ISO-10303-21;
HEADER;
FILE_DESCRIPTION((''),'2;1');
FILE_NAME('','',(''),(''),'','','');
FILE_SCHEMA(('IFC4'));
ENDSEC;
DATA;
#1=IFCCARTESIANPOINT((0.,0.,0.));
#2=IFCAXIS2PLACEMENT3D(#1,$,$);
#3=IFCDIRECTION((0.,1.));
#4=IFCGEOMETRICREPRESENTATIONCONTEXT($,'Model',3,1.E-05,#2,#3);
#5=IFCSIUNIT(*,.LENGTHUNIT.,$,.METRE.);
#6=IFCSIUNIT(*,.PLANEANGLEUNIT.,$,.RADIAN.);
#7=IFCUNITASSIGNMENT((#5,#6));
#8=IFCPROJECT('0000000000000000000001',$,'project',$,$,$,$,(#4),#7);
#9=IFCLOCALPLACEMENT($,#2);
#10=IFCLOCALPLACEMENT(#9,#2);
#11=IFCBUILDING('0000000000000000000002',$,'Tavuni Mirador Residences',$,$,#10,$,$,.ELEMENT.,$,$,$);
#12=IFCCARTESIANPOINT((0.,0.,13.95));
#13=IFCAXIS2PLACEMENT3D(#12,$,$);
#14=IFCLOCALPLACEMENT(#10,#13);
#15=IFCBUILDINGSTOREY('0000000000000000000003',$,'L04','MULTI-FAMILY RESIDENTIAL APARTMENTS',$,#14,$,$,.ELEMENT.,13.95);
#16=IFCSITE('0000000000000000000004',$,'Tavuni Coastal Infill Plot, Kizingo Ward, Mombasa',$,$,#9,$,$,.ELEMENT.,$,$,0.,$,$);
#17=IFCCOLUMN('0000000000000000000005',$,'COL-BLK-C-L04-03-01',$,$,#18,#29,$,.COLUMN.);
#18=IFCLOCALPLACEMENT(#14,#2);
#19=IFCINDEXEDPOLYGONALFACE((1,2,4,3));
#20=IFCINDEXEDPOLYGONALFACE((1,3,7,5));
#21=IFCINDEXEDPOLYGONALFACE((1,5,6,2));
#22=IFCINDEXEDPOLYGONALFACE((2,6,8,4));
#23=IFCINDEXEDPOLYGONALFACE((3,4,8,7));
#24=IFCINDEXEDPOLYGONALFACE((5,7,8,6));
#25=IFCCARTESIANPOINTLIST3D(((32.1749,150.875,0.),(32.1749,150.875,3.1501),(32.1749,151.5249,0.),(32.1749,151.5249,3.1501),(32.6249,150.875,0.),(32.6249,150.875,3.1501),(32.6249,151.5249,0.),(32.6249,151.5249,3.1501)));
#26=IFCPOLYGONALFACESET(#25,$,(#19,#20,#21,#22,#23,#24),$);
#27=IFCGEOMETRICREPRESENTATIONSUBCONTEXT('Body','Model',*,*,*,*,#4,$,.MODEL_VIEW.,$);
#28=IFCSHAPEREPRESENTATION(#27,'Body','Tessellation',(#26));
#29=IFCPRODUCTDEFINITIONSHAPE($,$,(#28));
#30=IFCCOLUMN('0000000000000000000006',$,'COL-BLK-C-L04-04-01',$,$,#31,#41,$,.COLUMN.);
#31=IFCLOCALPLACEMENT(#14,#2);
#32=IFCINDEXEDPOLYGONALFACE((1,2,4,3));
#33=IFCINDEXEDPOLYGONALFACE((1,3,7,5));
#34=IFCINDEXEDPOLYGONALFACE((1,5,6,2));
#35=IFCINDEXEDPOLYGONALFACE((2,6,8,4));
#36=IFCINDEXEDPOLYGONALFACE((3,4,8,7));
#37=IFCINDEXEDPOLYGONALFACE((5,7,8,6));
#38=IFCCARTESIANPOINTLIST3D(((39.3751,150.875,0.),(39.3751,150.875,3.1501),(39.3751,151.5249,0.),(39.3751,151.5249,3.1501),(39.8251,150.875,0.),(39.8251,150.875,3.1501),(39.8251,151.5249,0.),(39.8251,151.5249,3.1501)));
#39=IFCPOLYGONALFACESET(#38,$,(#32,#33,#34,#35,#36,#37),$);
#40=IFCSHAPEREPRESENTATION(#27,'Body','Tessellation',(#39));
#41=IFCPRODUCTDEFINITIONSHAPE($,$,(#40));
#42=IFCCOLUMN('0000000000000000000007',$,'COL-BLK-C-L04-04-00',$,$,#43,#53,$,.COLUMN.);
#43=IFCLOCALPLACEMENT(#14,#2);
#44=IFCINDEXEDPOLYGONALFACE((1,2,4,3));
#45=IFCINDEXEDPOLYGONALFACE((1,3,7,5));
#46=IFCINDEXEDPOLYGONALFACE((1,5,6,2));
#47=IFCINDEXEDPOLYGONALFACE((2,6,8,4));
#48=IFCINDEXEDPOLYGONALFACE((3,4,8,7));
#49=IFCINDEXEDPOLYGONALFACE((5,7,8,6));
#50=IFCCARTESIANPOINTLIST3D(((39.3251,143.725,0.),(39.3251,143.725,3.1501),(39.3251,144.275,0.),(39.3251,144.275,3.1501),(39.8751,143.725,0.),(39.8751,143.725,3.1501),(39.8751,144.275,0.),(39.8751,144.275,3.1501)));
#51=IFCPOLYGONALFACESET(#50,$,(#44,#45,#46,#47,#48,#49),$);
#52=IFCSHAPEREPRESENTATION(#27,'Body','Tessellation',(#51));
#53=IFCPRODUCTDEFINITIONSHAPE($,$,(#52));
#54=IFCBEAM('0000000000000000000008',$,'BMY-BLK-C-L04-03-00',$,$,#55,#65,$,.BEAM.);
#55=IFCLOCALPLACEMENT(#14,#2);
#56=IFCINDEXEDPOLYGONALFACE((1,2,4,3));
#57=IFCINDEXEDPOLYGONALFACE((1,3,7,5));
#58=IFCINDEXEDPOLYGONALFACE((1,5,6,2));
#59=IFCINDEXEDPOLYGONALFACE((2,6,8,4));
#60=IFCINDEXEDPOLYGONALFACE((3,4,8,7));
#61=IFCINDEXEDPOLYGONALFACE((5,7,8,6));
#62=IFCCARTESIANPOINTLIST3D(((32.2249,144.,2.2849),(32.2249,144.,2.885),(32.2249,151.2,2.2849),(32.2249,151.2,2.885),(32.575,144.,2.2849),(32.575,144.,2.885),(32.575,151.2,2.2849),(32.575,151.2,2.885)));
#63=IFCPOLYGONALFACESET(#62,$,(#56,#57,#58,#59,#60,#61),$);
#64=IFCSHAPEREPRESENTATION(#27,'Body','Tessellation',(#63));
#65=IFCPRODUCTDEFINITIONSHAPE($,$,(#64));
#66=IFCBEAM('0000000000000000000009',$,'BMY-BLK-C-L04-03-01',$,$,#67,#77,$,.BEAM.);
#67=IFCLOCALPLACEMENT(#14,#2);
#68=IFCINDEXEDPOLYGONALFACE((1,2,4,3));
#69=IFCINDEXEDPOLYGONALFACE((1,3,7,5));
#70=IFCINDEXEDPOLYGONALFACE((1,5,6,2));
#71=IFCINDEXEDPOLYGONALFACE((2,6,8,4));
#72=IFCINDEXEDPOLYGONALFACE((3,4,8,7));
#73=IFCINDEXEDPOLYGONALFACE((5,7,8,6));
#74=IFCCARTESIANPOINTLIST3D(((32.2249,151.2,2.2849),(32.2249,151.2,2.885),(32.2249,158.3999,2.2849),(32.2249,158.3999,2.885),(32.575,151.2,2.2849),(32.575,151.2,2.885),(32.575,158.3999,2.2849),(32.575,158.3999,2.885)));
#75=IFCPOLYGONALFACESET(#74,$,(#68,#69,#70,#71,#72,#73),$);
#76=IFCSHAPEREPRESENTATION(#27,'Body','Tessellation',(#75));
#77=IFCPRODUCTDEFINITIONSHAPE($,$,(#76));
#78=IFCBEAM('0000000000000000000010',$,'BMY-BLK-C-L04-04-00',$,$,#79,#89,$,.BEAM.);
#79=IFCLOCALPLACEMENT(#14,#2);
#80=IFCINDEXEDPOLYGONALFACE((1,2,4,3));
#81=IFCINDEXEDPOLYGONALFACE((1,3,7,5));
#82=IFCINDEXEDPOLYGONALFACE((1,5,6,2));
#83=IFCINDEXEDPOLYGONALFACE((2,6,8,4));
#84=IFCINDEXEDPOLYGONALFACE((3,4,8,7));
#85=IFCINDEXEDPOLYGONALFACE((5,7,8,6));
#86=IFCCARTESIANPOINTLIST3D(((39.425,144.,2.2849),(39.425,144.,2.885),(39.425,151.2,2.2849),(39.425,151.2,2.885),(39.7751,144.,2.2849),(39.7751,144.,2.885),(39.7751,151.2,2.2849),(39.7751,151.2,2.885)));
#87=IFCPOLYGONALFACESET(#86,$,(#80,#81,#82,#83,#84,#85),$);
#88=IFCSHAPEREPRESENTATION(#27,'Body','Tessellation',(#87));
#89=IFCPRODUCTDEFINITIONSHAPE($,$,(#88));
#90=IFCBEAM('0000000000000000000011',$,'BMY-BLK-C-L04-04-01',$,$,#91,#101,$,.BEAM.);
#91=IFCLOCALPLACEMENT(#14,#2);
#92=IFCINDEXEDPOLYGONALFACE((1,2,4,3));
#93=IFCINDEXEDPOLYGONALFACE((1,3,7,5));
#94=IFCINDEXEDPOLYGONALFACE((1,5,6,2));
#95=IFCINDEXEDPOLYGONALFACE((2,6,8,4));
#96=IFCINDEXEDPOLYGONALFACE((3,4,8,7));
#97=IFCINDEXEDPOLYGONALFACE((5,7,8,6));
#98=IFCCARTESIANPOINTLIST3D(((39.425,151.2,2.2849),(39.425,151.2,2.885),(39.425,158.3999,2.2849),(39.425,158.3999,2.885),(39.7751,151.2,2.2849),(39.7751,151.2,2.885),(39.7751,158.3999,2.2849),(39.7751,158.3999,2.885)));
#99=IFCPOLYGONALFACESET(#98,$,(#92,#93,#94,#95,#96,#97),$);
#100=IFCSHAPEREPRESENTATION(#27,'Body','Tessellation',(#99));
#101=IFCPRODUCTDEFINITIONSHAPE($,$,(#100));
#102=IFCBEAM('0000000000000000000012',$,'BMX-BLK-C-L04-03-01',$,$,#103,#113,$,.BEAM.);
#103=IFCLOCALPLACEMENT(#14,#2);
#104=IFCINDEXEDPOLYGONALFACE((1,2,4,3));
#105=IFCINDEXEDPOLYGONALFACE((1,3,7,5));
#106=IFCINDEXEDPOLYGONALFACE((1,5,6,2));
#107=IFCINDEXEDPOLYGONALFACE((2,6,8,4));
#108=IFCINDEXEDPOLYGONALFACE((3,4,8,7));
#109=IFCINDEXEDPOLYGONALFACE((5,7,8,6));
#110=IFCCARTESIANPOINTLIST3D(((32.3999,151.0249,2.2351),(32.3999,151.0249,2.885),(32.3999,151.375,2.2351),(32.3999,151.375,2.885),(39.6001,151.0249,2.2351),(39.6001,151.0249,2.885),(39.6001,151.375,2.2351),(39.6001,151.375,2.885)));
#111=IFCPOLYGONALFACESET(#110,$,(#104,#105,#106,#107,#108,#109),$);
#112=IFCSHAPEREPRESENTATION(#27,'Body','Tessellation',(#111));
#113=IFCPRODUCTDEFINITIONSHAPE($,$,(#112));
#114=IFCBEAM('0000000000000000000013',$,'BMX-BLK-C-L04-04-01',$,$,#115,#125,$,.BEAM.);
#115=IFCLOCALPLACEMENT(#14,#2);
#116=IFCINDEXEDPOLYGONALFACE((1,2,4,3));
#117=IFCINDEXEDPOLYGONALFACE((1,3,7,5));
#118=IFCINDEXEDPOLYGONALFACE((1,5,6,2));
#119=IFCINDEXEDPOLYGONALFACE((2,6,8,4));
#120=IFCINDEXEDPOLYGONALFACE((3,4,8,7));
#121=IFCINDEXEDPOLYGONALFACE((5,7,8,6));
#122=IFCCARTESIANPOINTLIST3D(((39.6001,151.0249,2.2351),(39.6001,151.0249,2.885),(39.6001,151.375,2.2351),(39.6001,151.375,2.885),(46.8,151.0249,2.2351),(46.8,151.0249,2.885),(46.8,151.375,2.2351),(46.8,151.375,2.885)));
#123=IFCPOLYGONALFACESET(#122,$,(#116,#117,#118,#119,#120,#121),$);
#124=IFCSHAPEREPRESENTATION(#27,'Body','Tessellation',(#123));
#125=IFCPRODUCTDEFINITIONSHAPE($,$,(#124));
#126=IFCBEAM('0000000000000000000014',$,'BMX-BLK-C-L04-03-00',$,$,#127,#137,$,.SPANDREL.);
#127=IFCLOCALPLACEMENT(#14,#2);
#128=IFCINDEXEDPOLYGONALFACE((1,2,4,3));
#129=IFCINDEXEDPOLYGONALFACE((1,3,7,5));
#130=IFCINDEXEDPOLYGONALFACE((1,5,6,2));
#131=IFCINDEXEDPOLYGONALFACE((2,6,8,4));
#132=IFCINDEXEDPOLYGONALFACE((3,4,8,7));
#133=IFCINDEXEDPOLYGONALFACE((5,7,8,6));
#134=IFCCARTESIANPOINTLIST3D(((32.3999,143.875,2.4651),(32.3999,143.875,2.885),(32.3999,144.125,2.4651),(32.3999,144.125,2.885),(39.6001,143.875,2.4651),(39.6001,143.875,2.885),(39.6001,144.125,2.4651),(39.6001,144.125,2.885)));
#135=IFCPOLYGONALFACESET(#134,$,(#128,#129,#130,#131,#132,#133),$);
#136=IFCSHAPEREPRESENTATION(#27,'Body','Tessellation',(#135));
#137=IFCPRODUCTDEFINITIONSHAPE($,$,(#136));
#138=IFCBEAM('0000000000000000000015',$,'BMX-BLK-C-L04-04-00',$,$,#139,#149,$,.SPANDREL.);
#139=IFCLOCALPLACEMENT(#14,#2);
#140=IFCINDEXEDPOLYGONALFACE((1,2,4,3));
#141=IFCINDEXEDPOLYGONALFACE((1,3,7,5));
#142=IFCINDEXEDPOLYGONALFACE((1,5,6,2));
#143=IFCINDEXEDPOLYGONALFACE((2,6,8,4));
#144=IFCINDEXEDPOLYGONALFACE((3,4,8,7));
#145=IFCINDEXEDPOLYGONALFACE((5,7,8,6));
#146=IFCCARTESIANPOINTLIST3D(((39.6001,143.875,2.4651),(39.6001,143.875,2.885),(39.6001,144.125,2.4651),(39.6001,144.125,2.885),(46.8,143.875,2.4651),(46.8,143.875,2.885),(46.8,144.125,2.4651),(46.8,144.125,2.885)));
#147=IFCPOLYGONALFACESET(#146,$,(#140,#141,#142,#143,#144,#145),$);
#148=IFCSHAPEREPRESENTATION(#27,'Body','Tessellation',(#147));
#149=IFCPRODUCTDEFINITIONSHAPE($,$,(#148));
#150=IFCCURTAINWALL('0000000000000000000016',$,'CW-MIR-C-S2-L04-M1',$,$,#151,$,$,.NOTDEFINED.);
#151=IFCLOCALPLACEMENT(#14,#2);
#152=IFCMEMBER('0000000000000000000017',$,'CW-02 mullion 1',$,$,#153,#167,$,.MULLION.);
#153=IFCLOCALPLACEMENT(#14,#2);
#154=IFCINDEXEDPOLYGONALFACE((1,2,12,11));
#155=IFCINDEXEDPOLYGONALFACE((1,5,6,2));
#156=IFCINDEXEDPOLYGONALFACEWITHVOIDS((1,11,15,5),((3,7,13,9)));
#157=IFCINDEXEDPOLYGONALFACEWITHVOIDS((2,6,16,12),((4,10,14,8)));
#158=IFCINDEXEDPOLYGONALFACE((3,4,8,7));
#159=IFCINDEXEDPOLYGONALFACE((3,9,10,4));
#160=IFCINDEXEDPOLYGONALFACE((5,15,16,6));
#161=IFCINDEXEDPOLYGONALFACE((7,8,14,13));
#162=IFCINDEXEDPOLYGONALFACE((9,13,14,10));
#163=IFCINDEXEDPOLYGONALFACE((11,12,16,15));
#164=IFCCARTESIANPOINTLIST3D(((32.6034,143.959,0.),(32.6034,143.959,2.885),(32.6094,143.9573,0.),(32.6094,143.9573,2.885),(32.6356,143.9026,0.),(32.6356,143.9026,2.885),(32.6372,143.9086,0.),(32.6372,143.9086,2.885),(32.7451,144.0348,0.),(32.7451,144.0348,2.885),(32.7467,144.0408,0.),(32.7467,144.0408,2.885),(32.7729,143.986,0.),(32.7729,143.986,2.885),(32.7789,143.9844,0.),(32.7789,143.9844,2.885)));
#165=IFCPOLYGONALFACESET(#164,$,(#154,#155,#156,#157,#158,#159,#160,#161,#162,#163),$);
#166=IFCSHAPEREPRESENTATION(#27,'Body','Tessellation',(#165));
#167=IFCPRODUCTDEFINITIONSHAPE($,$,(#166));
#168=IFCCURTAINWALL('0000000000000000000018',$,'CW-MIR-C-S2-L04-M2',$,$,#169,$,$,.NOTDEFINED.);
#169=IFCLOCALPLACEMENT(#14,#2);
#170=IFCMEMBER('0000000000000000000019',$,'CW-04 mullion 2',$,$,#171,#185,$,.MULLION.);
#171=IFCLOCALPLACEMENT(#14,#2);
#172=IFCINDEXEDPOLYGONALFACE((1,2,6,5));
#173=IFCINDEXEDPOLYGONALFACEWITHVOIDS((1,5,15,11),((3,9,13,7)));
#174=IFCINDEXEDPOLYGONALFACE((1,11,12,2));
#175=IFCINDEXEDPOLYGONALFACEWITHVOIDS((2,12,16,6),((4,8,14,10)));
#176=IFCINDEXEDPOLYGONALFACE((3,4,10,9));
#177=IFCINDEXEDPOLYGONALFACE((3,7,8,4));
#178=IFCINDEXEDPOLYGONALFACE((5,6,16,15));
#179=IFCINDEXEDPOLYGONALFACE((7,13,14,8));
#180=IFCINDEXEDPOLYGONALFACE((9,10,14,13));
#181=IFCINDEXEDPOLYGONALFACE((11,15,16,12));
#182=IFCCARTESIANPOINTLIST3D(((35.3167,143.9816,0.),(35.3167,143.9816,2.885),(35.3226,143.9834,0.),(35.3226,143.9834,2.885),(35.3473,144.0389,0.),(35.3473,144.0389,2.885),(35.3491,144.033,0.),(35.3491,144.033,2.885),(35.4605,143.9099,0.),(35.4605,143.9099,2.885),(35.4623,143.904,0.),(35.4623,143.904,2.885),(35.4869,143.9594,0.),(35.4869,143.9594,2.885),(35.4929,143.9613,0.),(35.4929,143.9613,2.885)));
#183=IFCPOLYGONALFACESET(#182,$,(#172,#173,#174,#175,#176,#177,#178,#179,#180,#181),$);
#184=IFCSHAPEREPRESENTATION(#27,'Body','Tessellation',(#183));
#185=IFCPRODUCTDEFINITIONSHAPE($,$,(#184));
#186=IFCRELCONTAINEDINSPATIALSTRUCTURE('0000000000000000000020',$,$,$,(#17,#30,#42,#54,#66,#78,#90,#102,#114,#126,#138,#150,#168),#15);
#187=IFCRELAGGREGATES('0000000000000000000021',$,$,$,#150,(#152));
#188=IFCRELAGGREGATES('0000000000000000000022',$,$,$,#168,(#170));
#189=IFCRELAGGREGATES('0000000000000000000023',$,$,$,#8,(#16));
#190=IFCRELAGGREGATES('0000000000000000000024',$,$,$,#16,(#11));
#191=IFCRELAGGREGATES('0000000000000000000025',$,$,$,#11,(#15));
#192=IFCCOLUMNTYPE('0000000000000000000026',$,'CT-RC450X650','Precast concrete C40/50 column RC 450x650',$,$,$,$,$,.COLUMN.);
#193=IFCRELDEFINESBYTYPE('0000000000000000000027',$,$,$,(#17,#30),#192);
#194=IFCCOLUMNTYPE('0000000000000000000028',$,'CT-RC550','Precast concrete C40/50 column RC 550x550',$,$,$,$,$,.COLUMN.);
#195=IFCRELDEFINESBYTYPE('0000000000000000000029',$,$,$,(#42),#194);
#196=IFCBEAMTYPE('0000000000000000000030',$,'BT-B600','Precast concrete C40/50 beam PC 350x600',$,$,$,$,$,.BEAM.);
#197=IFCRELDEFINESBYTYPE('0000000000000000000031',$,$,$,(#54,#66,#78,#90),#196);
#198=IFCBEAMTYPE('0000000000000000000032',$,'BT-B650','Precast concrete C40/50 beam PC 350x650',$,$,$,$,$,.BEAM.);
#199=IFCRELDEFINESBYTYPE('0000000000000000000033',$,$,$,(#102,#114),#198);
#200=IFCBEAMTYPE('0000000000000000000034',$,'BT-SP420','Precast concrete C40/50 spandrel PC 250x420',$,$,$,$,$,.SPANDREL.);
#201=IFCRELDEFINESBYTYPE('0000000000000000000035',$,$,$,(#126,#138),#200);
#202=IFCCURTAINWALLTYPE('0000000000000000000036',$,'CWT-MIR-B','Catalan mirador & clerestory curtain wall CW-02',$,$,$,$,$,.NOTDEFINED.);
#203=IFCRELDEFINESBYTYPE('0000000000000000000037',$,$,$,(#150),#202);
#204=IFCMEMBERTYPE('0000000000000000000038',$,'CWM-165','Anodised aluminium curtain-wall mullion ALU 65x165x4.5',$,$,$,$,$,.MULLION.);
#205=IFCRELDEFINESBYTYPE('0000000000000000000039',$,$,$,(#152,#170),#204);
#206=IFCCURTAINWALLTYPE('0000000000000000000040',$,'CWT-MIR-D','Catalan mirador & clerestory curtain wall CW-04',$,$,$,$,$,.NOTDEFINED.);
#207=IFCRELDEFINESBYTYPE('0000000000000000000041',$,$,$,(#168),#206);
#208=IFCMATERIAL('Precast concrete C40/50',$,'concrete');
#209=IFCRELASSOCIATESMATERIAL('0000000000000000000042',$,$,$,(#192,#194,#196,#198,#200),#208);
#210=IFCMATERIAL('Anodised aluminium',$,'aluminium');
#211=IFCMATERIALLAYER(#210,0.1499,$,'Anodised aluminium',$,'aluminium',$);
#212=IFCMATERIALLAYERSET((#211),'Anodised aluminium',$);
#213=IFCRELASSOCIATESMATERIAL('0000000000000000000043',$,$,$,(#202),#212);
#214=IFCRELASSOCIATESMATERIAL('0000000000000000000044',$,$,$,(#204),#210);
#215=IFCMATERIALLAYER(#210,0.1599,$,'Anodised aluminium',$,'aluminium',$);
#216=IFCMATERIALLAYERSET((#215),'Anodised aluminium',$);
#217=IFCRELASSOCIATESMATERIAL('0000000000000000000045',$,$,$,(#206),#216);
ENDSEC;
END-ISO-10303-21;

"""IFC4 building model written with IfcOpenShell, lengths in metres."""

from ifc_helpers import new_model, si_unit, direction, frame, origin, origin_2d, place, context, subcontext, project, spatial, rectangle, hollow_rectangle, extrude, material, layer, layer_set, material_profile, profile_set, type_object, element, aggregate, save


model = new_model("IFC4")

# Units and contexts
model_context = context("Model", 3, precision=1e-05, world=origin(), true_north=direction((0.0, 1.0)))
body_context = subcontext(model_context, "Body", "Model", "MODEL_VIEW")
ifc_project = project(units=[si_unit("LENGTHUNIT", "METRE"), si_unit("PLANEANGLEUNIT", "RADIAN")], contexts=[model_context])

# Site, building, storey
site_placement = place(None, origin())
site = spatial("IfcSite", under=ifc_project, at=site_placement, Name="Tavuni Coastal Infill Plot, Kizingo Ward, Mombasa", CompositionType="ELEMENT", RefElevation=0.0)
building_placement = place(site_placement, origin())
building = spatial("IfcBuilding", under=site, at=building_placement, Name="Tavuni Mirador Residences", CompositionType="ELEMENT")
storey_placement = place(building_placement, frame((0.0, 0.0, 13.95)))
storey = spatial("IfcBuildingStorey", under=building, at=storey_placement, Name="L04", Description="MULTI-FAMILY RESIDENTIAL APARTMENTS", CompositionType="ELEMENT", Elevation=13.95)

# Columns
ifc_material_1 = material(Name="Precast concrete C40/50", Category="concrete")
ifc_material_profile_1 = material_profile(ifc_material_1, rectangle(XDim=0.45, YDim=0.6499, at=origin_2d()), Name="RC 450x650", Category="concrete")
ifc_profile_set_1 = profile_set([ifc_material_profile_1], Name="Precast concrete C40/50")
column_type_1 = type_object("IfcColumnType", Name="CT-RC450X650", Description="Precast concrete C40/50 column RC 450x650", PredefinedType="COLUMN", material=ifc_profile_set_1)
for number, where, z_axis, x_axis, name in (
    (1, (32.3999, 151.2, 0.0), (0.0, 0.0, 1.0), (1.0, 0.0, 0.0), "COL-BLK-C-L04-03-01"),
    (2, (39.6001, 151.2, 0.0), (0.0, 0.0, 1.0), (1.0, 0.0, 0.0), "COL-BLK-C-L04-04-01"),
):
    element("IfcColumn", number, at=place(storey_placement, frame(where, z_axis=z_axis, x_axis=x_axis)), inside=storey, type_object=column_type_1, Name=name, PredefinedType="COLUMN", context=body_context, shape_type="SweptSolid", body=[
        extrude(rectangle(XDim=0.45, YDim=0.6499, at=origin_2d()), origin(), (0.0, 0.0, 1.0), 3.1501),
    ])
ifc_material_profile_2 = material_profile(ifc_material_1, rectangle(XDim=0.55, YDim=0.55, at=origin_2d()), Name="RC 550x550", Category="concrete")
ifc_profile_set_2 = profile_set([ifc_material_profile_2], Name="Precast concrete C40/50")
column_type_2 = type_object("IfcColumnType", Name="CT-RC550", Description="Precast concrete C40/50 column RC 550x550", PredefinedType="COLUMN", material=ifc_profile_set_2)
column_placement = place(storey_placement, frame((39.6001, 144.0, 0.0), z_axis=(0.0, 0.0, 1.0), x_axis=(1.0, 0.0, 0.0)))
element("IfcColumn", 3, at=column_placement, inside=storey, type_object=column_type_2, Name="COL-BLK-C-L04-04-00", PredefinedType="COLUMN", context=body_context, shape_type="SweptSolid", body=[
    extrude(rectangle(XDim=0.55, YDim=0.55, at=origin_2d()), origin(), (0.0, 0.0, 1.0), 3.1501),
])

# Beams
ifc_material_profile_3 = material_profile(ifc_material_1, rectangle(XDim=0.3501, YDim=0.6001, at=origin_2d()), Name="PC 350x600", Category="concrete")
ifc_profile_set_3 = profile_set([ifc_material_profile_3], Name="Precast concrete C40/50")
beam_type_1 = type_object("IfcBeamType", Name="BT-B600", Description="Precast concrete C40/50 beam PC 350x600", PredefinedType="BEAM", material=ifc_profile_set_3)
for number, where, z_axis, x_axis, name in (
    (4, (32.3999, 144.0, 2.585), (0.0, 1.0, 0.0), (-1.0, 0.0, 0.0), "BMY-BLK-C-L04-03-00"),
    (5, (32.3999, 151.2, 2.585), (0.0, 1.0, 0.0), (-1.0, 0.0, 0.0), "BMY-BLK-C-L04-03-01"),
    (6, (39.6001, 144.0, 2.585), (0.0, 1.0, 0.0), (-1.0, 0.0, 0.0), "BMY-BLK-C-L04-04-00"),
    (7, (39.6001, 151.2, 2.585), (0.0, 1.0, 0.0), (-1.0, 0.0, 0.0), "BMY-BLK-C-L04-04-01"),
):
    element("IfcBeam", number, at=place(storey_placement, frame(where, z_axis=z_axis, x_axis=x_axis)), inside=storey, type_object=beam_type_1, Name=name, PredefinedType="BEAM", context=body_context, shape_type="SweptSolid", body=[
        extrude(rectangle(XDim=0.3501, YDim=0.6001, at=origin_2d()), origin(), (0.0, 0.0, 1.0), 7.2),
    ])
ifc_material_profile_4 = material_profile(ifc_material_1, rectangle(XDim=0.3501, YDim=0.6499, at=origin_2d()), Name="PC 350x650", Category="concrete")
ifc_profile_set_4 = profile_set([ifc_material_profile_4], Name="Precast concrete C40/50")
beam_type_2 = type_object("IfcBeamType", Name="BT-B650", Description="Precast concrete C40/50 beam PC 350x650", PredefinedType="BEAM", material=ifc_profile_set_4)
beam_1_placement = place(storey_placement, frame((32.3999, 151.2, 2.5601), z_axis=(1.0, 0.0, 0.0), x_axis=(0.0, 1.0, 0.0)))
element("IfcBeam", 8, at=beam_1_placement, inside=storey, type_object=beam_type_2, Name="BMX-BLK-C-L04-03-01", PredefinedType="BEAM", context=body_context, shape_type="SweptSolid", body=[
    extrude(rectangle(XDim=0.3501, YDim=0.6499, at=origin_2d()), origin(), (0.0, 0.0, 1.0), 7.2002),
])
beam_2_placement = place(storey_placement, frame((39.6001, 151.2, 2.5601), z_axis=(1.0, 0.0, 0.0), x_axis=(0.0, 1.0, 0.0)))
element("IfcBeam", 9, at=beam_2_placement, inside=storey, type_object=beam_type_2, Name="BMX-BLK-C-L04-04-01", PredefinedType="BEAM", context=body_context, shape_type="SweptSolid", body=[
    extrude(rectangle(XDim=0.3501, YDim=0.6499, at=origin_2d()), origin(), (0.0, 0.0, 1.0), 7.2),
])
ifc_material_profile_5 = material_profile(ifc_material_1, rectangle(XDim=0.25, YDim=0.4199, at=origin_2d()), Name="PC 250x420", Category="concrete")
ifc_profile_set_5 = profile_set([ifc_material_profile_5], Name="Precast concrete C40/50")
beam_type_3 = type_object("IfcBeamType", Name="BT-SP420", Description="Precast concrete C40/50 spandrel PC 250x420", PredefinedType="SPANDREL", material=ifc_profile_set_5)
beam_3_placement = place(storey_placement, frame((32.3999, 144.0, 2.675), z_axis=(1.0, 0.0, 0.0), x_axis=(0.0, 1.0, 0.0)))
element("IfcBeam", 10, at=beam_3_placement, inside=storey, type_object=beam_type_3, Name="BMX-BLK-C-L04-03-00", PredefinedType="SPANDREL", context=body_context, shape_type="SweptSolid", body=[
    extrude(rectangle(XDim=0.25, YDim=0.4199, at=origin_2d()), origin(), (0.0, 0.0, 1.0), 7.2002),
])
beam_4_placement = place(storey_placement, frame((39.6001, 144.0, 2.675), z_axis=(1.0, 0.0, 0.0), x_axis=(0.0, 1.0, 0.0)))
element("IfcBeam", 11, at=beam_4_placement, inside=storey, type_object=beam_type_3, Name="BMX-BLK-C-L04-04-00", PredefinedType="SPANDREL", context=body_context, shape_type="SweptSolid", body=[
    extrude(rectangle(XDim=0.25, YDim=0.4199, at=origin_2d()), origin(), (0.0, 0.0, 1.0), 7.2),
])

# Curtain walls, members
ifc_material_2 = material(Name="Anodised aluminium", Category="aluminium")
ifc_layer_1 = layer(ifc_material_2, 0.1499, Name="Anodised aluminium", Category="aluminium")
ifc_layer_set_1 = layer_set([ifc_layer_1], Name="Anodised aluminium")
curtain_wall_type_1 = type_object("IfcCurtainWallType", Name="CWT-MIR-B", Description="Catalan mirador & clerestory curtain wall CW-02", PredefinedType="NOTDEFINED", material=ifc_layer_set_1)
curtain_wall_1_placement = place(storey_placement, origin())
curtain_wall_1 = element("IfcCurtainWall", 12, at=curtain_wall_1_placement, inside=storey, type_object=curtain_wall_type_1, Name="CW-MIR-C-S2-L04-M1", PredefinedType="NOTDEFINED")
ifc_material_profile_6 = material_profile(ifc_material_2, hollow_rectangle(XDim=0.0649, YDim=0.165, WallThickness=0.0044, at=origin_2d()), Name="ALU 65x165x4.5", Category="aluminium")
ifc_profile_set_6 = profile_set([ifc_material_profile_6], Name="Anodised aluminium")
member_type_1 = type_object("IfcMemberType", Name="CWM-165", Description="Anodised aluminium curtain-wall mullion ALU 65x165x4.5", PredefinedType="MULLION", material=ifc_profile_set_6)
member_1_placement = place(storey_placement, frame((32.6912, 143.9717, 0.0), z_axis=(0.0, 0.0, 1.0), x_axis=(0.495749, -0.868466, 0.0)))
member_1 = element("IfcMember", 13, at=member_1_placement, type_object=member_type_1, Name="CW-02 mullion 1", PredefinedType="MULLION", context=body_context, shape_type="SweptSolid", body=[
    extrude(hollow_rectangle(XDim=0.0649, YDim=0.165, WallThickness=0.0044, at=origin_2d()), origin(), (0.0, 0.0, 1.0), 2.885),
])
aggregate(curtain_wall_1, [member_1])
ifc_layer_2 = layer(ifc_material_2, 0.1599, Name="Anodised aluminium", Category="aluminium")
ifc_layer_set_2 = layer_set([ifc_layer_2], Name="Anodised aluminium")
curtain_wall_type_2 = type_object("IfcCurtainWallType", Name="CWT-MIR-D", Description="Catalan mirador & clerestory curtain wall CW-04", PredefinedType="NOTDEFINED", material=ifc_layer_set_2)
curtain_wall_2_placement = place(storey_placement, origin())
curtain_wall_2 = element("IfcCurtainWall", 14, at=curtain_wall_2_placement, inside=storey, type_object=curtain_wall_type_2, Name="CW-MIR-C-S2-L04-M2", PredefinedType="NOTDEFINED")
member_2_placement = place(storey_placement, frame((35.4048, 143.9714, 0.0), z_axis=(0.0, 0.0, 1.0), x_axis=(0.470588, 0.882353, 0.0)))
member_2 = element("IfcMember", 15, at=member_2_placement, type_object=member_type_1, Name="CW-04 mullion 2", PredefinedType="MULLION", context=body_context, shape_type="SweptSolid", body=[
    extrude(hollow_rectangle(XDim=0.0649, YDim=0.165, WallThickness=0.0044, at=origin_2d()), origin(), (0.0, 0.0, 1.0), 2.885),
])
aggregate(curtain_wall_2, [member_2])

save(model, "model.ifc")
